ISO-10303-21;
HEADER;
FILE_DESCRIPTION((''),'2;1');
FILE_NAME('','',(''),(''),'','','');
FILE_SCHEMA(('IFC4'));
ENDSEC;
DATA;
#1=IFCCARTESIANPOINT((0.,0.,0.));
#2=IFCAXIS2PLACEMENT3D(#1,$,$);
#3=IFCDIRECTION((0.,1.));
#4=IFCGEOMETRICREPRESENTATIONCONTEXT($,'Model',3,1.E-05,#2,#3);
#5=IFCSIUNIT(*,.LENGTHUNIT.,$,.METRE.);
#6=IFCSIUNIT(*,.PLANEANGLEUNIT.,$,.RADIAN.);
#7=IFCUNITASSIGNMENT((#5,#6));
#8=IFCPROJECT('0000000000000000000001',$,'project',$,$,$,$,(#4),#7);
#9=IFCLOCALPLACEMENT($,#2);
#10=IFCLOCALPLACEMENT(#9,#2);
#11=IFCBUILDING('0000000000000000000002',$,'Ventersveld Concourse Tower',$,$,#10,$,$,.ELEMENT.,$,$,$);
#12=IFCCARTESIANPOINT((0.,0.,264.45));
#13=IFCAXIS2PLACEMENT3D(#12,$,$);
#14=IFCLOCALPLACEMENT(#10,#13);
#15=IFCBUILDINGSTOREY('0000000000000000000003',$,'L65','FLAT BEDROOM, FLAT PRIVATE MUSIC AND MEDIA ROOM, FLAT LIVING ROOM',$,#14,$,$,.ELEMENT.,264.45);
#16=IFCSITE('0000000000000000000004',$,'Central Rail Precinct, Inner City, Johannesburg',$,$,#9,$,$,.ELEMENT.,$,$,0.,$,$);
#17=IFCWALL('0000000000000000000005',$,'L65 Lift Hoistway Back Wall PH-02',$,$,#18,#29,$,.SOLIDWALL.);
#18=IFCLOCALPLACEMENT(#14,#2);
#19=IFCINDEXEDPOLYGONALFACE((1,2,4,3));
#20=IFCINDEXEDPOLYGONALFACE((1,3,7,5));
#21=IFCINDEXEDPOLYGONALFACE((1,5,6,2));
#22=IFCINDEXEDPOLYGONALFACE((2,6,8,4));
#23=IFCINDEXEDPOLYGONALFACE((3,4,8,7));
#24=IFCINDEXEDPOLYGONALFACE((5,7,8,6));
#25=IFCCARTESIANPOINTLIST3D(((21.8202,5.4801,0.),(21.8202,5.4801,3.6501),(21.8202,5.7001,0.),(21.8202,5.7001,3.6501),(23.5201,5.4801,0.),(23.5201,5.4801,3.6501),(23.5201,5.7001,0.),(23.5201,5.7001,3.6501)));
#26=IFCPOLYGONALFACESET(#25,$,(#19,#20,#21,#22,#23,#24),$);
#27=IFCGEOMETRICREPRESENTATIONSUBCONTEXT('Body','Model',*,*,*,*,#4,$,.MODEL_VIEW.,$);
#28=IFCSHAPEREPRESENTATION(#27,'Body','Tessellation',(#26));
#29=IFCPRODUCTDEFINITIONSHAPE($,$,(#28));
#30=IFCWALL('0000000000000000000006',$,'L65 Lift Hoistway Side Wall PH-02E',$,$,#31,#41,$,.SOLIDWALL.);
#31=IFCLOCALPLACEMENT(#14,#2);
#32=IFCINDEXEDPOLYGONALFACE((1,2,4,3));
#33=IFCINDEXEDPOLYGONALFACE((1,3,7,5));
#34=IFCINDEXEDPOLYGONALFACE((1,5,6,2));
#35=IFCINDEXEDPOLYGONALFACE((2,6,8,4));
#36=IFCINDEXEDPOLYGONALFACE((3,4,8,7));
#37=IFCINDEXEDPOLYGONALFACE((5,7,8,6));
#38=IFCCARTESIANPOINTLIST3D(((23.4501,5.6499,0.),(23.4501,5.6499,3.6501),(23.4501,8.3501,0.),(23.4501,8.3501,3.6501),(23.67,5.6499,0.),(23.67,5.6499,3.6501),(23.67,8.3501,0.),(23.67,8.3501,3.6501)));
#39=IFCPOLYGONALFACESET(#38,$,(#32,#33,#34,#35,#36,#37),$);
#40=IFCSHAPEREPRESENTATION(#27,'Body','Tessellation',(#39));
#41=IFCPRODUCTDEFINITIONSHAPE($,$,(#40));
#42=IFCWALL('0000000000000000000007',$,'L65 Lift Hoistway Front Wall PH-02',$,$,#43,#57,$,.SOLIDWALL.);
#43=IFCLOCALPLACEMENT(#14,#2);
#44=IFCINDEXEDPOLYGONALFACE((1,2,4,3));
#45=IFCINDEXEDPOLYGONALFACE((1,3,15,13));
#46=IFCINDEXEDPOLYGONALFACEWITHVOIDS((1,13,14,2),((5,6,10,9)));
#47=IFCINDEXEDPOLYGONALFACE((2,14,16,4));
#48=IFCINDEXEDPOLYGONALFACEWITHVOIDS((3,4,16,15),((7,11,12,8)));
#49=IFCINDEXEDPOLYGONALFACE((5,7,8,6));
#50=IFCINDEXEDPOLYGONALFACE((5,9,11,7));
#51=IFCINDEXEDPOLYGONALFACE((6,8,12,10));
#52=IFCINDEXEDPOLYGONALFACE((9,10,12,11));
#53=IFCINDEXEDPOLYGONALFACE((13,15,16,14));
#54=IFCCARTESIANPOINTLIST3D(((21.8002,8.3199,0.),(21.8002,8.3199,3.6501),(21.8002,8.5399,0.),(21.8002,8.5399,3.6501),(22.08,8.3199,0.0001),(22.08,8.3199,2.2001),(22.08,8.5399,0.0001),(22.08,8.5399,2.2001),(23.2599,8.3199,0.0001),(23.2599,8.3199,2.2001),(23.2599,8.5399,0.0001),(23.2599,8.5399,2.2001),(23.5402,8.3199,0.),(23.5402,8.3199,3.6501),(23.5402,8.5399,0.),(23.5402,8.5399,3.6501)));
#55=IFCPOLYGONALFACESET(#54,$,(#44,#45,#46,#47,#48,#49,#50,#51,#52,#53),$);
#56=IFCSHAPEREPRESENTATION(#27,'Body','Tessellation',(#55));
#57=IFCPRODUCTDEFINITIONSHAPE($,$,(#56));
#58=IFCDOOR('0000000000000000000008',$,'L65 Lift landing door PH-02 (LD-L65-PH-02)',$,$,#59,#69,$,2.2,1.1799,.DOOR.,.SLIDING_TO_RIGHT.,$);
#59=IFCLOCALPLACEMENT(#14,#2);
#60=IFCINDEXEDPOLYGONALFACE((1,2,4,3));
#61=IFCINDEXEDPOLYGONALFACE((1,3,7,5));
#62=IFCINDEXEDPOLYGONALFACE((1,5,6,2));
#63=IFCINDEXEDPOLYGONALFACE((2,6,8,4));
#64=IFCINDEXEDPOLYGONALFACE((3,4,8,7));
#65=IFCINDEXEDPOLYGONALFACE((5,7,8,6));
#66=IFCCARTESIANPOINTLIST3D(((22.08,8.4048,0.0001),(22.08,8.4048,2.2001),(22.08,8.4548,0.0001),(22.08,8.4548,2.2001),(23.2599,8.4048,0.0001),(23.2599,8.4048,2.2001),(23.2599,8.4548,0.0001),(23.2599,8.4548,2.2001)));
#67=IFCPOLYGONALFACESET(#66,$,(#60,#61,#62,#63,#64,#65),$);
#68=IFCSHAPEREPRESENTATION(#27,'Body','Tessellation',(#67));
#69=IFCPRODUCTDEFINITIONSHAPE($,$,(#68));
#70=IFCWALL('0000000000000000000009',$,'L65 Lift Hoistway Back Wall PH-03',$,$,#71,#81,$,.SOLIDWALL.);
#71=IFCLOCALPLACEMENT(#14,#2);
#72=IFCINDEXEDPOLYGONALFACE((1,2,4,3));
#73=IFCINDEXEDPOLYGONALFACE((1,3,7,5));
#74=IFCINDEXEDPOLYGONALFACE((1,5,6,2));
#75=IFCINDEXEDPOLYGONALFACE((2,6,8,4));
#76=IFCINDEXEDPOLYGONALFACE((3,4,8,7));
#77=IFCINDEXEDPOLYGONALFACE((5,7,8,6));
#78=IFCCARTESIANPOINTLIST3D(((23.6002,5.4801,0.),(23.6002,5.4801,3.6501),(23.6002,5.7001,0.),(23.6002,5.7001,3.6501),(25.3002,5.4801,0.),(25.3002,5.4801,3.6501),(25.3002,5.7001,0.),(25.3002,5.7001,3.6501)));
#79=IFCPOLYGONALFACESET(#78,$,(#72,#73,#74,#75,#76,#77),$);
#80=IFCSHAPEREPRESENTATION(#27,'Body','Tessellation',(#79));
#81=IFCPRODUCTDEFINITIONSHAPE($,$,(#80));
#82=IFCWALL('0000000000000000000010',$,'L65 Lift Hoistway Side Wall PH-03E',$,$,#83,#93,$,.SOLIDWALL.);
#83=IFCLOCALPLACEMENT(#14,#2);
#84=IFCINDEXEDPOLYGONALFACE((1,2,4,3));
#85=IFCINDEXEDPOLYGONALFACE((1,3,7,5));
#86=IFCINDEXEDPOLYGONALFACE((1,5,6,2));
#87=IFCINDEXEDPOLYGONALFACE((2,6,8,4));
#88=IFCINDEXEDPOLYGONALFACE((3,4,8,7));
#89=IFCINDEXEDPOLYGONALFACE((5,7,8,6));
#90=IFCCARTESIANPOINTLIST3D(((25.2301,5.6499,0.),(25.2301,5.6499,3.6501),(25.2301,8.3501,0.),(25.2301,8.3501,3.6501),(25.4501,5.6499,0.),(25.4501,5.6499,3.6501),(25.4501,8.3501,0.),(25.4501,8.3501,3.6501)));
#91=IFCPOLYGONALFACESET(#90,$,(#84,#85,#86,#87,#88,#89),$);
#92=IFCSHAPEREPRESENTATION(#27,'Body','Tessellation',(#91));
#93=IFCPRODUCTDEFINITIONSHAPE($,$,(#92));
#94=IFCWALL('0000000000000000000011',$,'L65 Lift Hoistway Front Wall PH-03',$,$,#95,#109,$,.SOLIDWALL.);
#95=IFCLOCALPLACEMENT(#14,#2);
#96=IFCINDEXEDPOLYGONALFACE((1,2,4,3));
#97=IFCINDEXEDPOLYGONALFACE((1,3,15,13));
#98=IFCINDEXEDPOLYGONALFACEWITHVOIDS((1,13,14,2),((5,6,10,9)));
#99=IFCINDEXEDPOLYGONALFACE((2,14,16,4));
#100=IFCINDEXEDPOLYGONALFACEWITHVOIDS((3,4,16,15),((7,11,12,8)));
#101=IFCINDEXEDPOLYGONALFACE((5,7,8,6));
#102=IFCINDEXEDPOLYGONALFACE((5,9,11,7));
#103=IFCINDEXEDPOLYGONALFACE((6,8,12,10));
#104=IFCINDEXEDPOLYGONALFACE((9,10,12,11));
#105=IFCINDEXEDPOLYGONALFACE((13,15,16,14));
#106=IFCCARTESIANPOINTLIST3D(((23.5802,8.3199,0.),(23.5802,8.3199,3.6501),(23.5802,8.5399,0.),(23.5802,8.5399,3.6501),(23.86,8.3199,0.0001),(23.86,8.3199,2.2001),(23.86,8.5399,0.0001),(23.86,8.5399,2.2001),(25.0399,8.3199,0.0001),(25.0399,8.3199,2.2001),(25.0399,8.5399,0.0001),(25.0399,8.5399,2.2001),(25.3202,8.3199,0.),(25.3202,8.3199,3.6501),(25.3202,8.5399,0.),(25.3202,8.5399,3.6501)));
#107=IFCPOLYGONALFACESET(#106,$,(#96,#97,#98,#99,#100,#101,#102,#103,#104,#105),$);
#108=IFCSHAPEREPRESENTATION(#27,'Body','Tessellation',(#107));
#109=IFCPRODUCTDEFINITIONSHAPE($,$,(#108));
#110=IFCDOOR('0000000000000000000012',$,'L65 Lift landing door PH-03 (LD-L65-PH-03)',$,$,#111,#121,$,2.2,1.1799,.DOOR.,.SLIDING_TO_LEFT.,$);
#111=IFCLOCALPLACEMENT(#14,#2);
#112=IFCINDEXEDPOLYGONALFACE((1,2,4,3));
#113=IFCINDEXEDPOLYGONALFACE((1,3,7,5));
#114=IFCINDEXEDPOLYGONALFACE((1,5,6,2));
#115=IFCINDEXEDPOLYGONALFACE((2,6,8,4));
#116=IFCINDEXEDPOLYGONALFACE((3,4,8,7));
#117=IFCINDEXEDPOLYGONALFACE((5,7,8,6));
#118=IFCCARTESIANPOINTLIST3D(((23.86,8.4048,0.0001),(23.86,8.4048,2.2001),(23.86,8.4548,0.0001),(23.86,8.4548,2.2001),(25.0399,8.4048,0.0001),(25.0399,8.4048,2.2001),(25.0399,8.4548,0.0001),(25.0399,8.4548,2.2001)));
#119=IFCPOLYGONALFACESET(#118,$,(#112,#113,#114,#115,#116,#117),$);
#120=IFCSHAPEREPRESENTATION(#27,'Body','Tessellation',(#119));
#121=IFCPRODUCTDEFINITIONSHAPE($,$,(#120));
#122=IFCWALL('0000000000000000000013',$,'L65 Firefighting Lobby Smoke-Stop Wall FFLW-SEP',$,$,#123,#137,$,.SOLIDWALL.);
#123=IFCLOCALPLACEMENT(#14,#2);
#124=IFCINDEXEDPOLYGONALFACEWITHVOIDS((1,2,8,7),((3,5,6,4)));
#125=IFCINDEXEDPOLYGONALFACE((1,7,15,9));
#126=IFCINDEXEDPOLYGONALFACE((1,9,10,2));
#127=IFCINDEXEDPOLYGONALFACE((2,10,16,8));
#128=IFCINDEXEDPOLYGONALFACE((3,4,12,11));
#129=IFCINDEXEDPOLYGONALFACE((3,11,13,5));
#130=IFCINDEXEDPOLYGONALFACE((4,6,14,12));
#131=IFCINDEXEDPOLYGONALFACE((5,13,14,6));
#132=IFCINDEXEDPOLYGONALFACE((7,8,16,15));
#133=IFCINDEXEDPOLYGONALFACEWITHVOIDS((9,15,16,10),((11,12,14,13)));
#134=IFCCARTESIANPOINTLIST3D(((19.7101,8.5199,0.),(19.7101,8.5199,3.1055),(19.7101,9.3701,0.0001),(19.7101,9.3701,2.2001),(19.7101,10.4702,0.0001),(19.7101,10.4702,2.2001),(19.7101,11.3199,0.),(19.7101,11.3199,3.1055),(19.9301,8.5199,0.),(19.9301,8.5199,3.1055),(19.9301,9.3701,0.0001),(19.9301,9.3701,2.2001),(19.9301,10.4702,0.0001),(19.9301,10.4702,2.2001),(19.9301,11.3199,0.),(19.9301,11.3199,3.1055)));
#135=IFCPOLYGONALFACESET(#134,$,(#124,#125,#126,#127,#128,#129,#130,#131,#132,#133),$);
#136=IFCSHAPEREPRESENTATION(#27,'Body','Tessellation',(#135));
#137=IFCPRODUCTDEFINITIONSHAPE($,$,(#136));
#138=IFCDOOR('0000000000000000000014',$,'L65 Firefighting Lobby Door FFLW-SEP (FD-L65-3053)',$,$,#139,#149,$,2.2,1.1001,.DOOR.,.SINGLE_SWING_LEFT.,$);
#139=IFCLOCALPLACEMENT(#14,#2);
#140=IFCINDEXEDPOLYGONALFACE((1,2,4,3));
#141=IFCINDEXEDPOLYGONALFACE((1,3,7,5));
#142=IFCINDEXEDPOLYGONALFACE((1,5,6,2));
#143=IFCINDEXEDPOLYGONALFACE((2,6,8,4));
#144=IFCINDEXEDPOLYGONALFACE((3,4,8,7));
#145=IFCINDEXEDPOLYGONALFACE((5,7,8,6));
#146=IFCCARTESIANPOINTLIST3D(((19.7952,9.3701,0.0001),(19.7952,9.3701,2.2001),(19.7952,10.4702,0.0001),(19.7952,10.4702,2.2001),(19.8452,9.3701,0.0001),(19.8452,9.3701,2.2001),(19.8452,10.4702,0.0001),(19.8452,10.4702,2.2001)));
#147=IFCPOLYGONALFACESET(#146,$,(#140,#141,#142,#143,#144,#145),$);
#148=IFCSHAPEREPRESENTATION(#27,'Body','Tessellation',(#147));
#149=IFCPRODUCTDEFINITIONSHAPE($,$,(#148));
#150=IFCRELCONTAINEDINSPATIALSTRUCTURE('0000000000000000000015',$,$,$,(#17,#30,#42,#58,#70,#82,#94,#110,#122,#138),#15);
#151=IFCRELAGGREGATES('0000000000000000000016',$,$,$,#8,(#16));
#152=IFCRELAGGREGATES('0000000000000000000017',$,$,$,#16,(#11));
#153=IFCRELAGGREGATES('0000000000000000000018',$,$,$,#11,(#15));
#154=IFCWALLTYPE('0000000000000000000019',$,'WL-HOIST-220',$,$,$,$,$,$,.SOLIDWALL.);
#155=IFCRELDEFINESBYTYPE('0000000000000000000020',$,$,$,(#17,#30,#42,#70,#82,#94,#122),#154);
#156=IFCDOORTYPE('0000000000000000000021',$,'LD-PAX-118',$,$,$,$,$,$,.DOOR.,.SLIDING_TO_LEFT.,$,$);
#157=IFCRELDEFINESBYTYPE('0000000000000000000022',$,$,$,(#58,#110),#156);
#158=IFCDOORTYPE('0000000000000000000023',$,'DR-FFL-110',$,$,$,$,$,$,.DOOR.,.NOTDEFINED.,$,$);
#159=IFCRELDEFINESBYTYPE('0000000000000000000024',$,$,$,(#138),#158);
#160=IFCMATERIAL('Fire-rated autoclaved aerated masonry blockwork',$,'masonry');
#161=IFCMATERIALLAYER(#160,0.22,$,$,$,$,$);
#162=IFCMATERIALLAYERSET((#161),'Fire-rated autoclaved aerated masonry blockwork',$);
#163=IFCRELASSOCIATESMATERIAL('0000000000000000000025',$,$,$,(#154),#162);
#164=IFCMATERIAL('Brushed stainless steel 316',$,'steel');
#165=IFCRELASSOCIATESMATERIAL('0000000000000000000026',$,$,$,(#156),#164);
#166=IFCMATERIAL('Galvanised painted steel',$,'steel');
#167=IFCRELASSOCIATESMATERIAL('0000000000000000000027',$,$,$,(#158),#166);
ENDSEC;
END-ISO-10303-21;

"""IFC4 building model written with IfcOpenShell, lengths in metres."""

from ifc_helpers import new_model, si_unit, direction, frame, frame_2d, origin, place, context, subcontext, project, spatial, rectangle, extrude, material, layer, layer_set, type_object, element, fill, save


model = new_model("IFC4")

# Units and contexts
model_context = context("Model", 3, precision=1e-05, world=origin(), true_north=direction((0.0, 1.0)))
body_context = subcontext(model_context, "Body", "Model", "MODEL_VIEW")
ifc_project = project(units=[si_unit("LENGTHUNIT", "METRE"), si_unit("PLANEANGLEUNIT", "RADIAN")], contexts=[model_context])

# Site, building, storey
site_placement = place(None, origin())
site = spatial("IfcSite", under=ifc_project, at=site_placement, Name="Central Rail Precinct, Inner City, Johannesburg", CompositionType="ELEMENT", RefElevation=0.0)
building_placement = place(site_placement, origin())
building = spatial("IfcBuilding", under=site, at=building_placement, Name="Ventersveld Concourse Tower", CompositionType="ELEMENT")
storey_placement = place(building_placement, frame((0.0, 0.0, 264.45)))
storey = spatial("IfcBuildingStorey", under=building, at=storey_placement, Name="L65", Description="FLAT BEDROOM, FLAT PRIVATE MUSIC AND MEDIA ROOM, FLAT LIVING ROOM", CompositionType="ELEMENT", Elevation=264.45)

# Shared definitions
ifc_material_1 = material(Name="Fire-rated autoclaved aerated masonry blockwork", Category="masonry")
ifc_material_2 = material(Name="Galvanised painted steel", Category="steel")

# Shared definitions
ifc_layer_1 = layer(ifc_material_1, 0.22)
ifc_layer_set_1 = layer_set([ifc_layer_1], Name="Fire-rated autoclaved aerated masonry blockwork")
wall_type_1 = type_object("IfcWallType", Name="WL-HOIST-220", PredefinedType="SOLIDWALL", material=ifc_layer_set_1)

# Shared definitions
ifc_material_3 = material(Name="Brushed stainless steel 316", Category="steel")
door_type_1 = type_object("IfcDoorType", Name="LD-PAX-118", OperationType="SLIDING_TO_LEFT", PredefinedType="DOOR", material=ifc_material_3)

# Walls
wall_1_placement = place(storey_placement, frame((21.8201, 5.5901, 0.0), z_axis=(0.0, 0.0, 1.0), x_axis=(1.0, 0.0, 0.0)))
element("IfcWall", 1, at=wall_1_placement, inside=storey, type_object=wall_type_1, Name="L65 Lift Hoistway Back Wall PH-02", PredefinedType="SOLIDWALL", context=body_context, shape_type="SweptSolid", body=[
    extrude(rectangle(XDim=1.7, YDim=0.22, at=frame_2d((0.8501, 0.0))), origin(), (0.0, 0.0, 1.0), 3.6501),
])
wall_2_placement = place(storey_placement, frame((23.5601, 5.6499, 0.0), z_axis=(0.0, 0.0, 1.0), x_axis=(0.0, 1.0, 0.0)))
element("IfcWall", 2, at=wall_2_placement, inside=storey, type_object=wall_type_1, Name="L65 Lift Hoistway Side Wall PH-02E", PredefinedType="SOLIDWALL", context=body_context, shape_type="SweptSolid", body=[
    extrude(rectangle(XDim=2.7002, YDim=0.22, at=frame_2d((1.3501, 0.0))), origin(), (0.0, 0.0, 1.0), 3.6501),
])

# Wall, opening, door
wall_3_placement = place(storey_placement, frame((21.8, 8.4299, 0.0), z_axis=(0.0, 0.0, 1.0), x_axis=(1.0, 0.0, 0.0)))
wall_3 = element("IfcWall", 3, at=wall_3_placement, inside=storey, type_object=wall_type_1, Name="L65 Lift Hoistway Front Wall PH-02", PredefinedType="SOLIDWALL", context=body_context, shape_type="SweptSolid", body=[
    extrude(rectangle(XDim=1.74, YDim=0.22, at=frame_2d((0.8701, 0.0))), origin(), (0.0, 0.0, 1.0), 3.6501),
])
opening_1_placement = place(wall_3_placement, frame((0.28, 0.0, 0.0)))
opening_1 = element("IfcOpeningElement", 4, at=opening_1_placement, cuts=wall_3, PredefinedType="OPENING", context=body_context, shape_type="SweptSolid", body=[
    extrude(rectangle(XDim=1.1799, YDim=2.2, at=frame_2d((0.5898, 1.1001))), frame((0.0, 0.1201, 0.0), z_axis=(0.0, -1.0, 0.0), x_axis=(1.0, 0.0, 0.0)), (0.0, 0.0, 1.0), 0.24),
])
door_1_placement = place(opening_1_placement, origin())
door_1 = element("IfcDoor", 5, at=door_1_placement, inside=storey, type_object=door_type_1, Name="L65 Lift landing door PH-02 (LD-L65-PH-02)", OperationType="SLIDING_TO_RIGHT", OverallHeight=2.2, OverallWidth=1.1799, PredefinedType="DOOR", context=body_context, shape_type="SweptSolid", body=[
    extrude(rectangle(XDim=1.1799, YDim=2.2, at=frame_2d((0.5898, 1.1001))), frame((0.0, 0.0249, 0.0), z_axis=(0.0, -1.0, 0.0), x_axis=(1.0, 0.0, 0.0)), (0.0, 0.0, 1.0), 0.05),
])
fill(opening_1, door_1)

# Walls
wall_4_placement = place(storey_placement, frame((23.6001, 5.5901, 0.0), z_axis=(0.0, 0.0, 1.0), x_axis=(1.0, 0.0, 0.0)))
element("IfcWall", 6, at=wall_4_placement, inside=storey, type_object=wall_type_1, Name="L65 Lift Hoistway Back Wall PH-03", PredefinedType="SOLIDWALL", context=body_context, shape_type="SweptSolid", body=[
    extrude(rectangle(XDim=1.7, YDim=0.22, at=frame_2d((0.8501, 0.0))), origin(), (0.0, 0.0, 1.0), 3.6501),
])
wall_5_placement = place(storey_placement, frame((25.3401, 5.6499, 0.0), z_axis=(0.0, 0.0, 1.0), x_axis=(0.0, 1.0, 0.0)))
element("IfcWall", 7, at=wall_5_placement, inside=storey, type_object=wall_type_1, Name="L65 Lift Hoistway Side Wall PH-03E", PredefinedType="SOLIDWALL", context=body_context, shape_type="SweptSolid", body=[
    extrude(rectangle(XDim=2.7002, YDim=0.22, at=frame_2d((1.3501, 0.0))), origin(), (0.0, 0.0, 1.0), 3.6501),
])

# Walls, openings, doors
wall_6_placement = place(storey_placement, frame((23.5801, 8.4299, 0.0), z_axis=(0.0, 0.0, 1.0), x_axis=(1.0, 0.0, 0.0)))
wall_6 = element("IfcWall", 8, at=wall_6_placement, inside=storey, type_object=wall_type_1, Name="L65 Lift Hoistway Front Wall PH-03", PredefinedType="SOLIDWALL", context=body_context, shape_type="SweptSolid", body=[
    extrude(rectangle(XDim=1.74, YDim=0.22, at=frame_2d((0.8701, 0.0))), origin(), (0.0, 0.0, 1.0), 3.6501),
])
opening_2_placement = place(wall_6_placement, frame((0.28, 0.0, 0.0)))
opening_2 = element("IfcOpeningElement", 9, at=opening_2_placement, cuts=wall_6, PredefinedType="OPENING", context=body_context, shape_type="SweptSolid", body=[
    extrude(rectangle(XDim=1.1799, YDim=2.2, at=frame_2d((0.5898, 1.1001))), frame((0.0, 0.1201, 0.0), z_axis=(0.0, -1.0, 0.0), x_axis=(1.0, 0.0, 0.0)), (0.0, 0.0, 1.0), 0.24),
])
door_2_placement = place(opening_2_placement, origin())
door_2 = element("IfcDoor", 10, at=door_2_placement, inside=storey, type_object=door_type_1, Name="L65 Lift landing door PH-03 (LD-L65-PH-03)", OperationType="SLIDING_TO_LEFT", OverallHeight=2.2, OverallWidth=1.1799, PredefinedType="DOOR", context=body_context, shape_type="SweptSolid", body=[
    extrude(rectangle(XDim=1.1799, YDim=2.2, at=frame_2d((0.5898, 1.1001))), frame((0.0, 0.0249, 0.0), z_axis=(0.0, -1.0, 0.0), x_axis=(1.0, 0.0, 0.0)), (0.0, 0.0, 1.0), 0.05),
])
fill(opening_2, door_2)
wall_7_placement = place(storey_placement, frame((19.8201, 8.52, 0.0), z_axis=(0.0, 0.0, 1.0), x_axis=(0.0, 1.0, 0.0)))
wall_7 = element("IfcWall", 11, at=wall_7_placement, inside=storey, type_object=wall_type_1, Name="L65 Firefighting Lobby Smoke-Stop Wall FFLW-SEP", PredefinedType="SOLIDWALL", context=body_context, shape_type="SweptSolid", body=[
    extrude(rectangle(XDim=2.8, YDim=0.22, at=frame_2d((1.3999, 0.0))), origin(), (0.0, 0.0, 1.0), 3.1055),
])
opening_3_placement = place(wall_7_placement, frame((0.8501, 0.0, 0.0)))
opening_3 = element("IfcOpeningElement", 12, at=opening_3_placement, cuts=wall_7, PredefinedType="OPENING", context=body_context, shape_type="SweptSolid", body=[
    extrude(rectangle(XDim=1.1001, YDim=2.2, at=frame_2d((0.55, 1.1001))), frame((0.0, 0.1201, 0.0), z_axis=(0.0, -1.0, 0.0), x_axis=(1.0, 0.0, 0.0)), (0.0, 0.0, 1.0), 0.24),
])
door_type_2 = type_object("IfcDoorType", Name="DR-FFL-110", OperationType="NOTDEFINED", PredefinedType="DOOR", material=ifc_material_2)
door_3_placement = place(opening_3_placement, origin())
door_3 = element("IfcDoor", 13, at=door_3_placement, inside=storey, type_object=door_type_2, Name="L65 Firefighting Lobby Door FFLW-SEP (FD-L65-3053)", OperationType="SINGLE_SWING_LEFT", OverallHeight=2.2, OverallWidth=1.1001, PredefinedType="DOOR", context=body_context, shape_type="SweptSolid", body=[
    extrude(rectangle(XDim=1.1001, YDim=2.2, at=frame_2d((0.55, 1.1001))), frame((0.0, 0.0249, 0.0), z_axis=(0.0, -1.0, 0.0), x_axis=(1.0, 0.0, 0.0)), (0.0, 0.0, 1.0), 0.05),
])
fill(opening_3, door_3)

save(model, "model.ifc")
